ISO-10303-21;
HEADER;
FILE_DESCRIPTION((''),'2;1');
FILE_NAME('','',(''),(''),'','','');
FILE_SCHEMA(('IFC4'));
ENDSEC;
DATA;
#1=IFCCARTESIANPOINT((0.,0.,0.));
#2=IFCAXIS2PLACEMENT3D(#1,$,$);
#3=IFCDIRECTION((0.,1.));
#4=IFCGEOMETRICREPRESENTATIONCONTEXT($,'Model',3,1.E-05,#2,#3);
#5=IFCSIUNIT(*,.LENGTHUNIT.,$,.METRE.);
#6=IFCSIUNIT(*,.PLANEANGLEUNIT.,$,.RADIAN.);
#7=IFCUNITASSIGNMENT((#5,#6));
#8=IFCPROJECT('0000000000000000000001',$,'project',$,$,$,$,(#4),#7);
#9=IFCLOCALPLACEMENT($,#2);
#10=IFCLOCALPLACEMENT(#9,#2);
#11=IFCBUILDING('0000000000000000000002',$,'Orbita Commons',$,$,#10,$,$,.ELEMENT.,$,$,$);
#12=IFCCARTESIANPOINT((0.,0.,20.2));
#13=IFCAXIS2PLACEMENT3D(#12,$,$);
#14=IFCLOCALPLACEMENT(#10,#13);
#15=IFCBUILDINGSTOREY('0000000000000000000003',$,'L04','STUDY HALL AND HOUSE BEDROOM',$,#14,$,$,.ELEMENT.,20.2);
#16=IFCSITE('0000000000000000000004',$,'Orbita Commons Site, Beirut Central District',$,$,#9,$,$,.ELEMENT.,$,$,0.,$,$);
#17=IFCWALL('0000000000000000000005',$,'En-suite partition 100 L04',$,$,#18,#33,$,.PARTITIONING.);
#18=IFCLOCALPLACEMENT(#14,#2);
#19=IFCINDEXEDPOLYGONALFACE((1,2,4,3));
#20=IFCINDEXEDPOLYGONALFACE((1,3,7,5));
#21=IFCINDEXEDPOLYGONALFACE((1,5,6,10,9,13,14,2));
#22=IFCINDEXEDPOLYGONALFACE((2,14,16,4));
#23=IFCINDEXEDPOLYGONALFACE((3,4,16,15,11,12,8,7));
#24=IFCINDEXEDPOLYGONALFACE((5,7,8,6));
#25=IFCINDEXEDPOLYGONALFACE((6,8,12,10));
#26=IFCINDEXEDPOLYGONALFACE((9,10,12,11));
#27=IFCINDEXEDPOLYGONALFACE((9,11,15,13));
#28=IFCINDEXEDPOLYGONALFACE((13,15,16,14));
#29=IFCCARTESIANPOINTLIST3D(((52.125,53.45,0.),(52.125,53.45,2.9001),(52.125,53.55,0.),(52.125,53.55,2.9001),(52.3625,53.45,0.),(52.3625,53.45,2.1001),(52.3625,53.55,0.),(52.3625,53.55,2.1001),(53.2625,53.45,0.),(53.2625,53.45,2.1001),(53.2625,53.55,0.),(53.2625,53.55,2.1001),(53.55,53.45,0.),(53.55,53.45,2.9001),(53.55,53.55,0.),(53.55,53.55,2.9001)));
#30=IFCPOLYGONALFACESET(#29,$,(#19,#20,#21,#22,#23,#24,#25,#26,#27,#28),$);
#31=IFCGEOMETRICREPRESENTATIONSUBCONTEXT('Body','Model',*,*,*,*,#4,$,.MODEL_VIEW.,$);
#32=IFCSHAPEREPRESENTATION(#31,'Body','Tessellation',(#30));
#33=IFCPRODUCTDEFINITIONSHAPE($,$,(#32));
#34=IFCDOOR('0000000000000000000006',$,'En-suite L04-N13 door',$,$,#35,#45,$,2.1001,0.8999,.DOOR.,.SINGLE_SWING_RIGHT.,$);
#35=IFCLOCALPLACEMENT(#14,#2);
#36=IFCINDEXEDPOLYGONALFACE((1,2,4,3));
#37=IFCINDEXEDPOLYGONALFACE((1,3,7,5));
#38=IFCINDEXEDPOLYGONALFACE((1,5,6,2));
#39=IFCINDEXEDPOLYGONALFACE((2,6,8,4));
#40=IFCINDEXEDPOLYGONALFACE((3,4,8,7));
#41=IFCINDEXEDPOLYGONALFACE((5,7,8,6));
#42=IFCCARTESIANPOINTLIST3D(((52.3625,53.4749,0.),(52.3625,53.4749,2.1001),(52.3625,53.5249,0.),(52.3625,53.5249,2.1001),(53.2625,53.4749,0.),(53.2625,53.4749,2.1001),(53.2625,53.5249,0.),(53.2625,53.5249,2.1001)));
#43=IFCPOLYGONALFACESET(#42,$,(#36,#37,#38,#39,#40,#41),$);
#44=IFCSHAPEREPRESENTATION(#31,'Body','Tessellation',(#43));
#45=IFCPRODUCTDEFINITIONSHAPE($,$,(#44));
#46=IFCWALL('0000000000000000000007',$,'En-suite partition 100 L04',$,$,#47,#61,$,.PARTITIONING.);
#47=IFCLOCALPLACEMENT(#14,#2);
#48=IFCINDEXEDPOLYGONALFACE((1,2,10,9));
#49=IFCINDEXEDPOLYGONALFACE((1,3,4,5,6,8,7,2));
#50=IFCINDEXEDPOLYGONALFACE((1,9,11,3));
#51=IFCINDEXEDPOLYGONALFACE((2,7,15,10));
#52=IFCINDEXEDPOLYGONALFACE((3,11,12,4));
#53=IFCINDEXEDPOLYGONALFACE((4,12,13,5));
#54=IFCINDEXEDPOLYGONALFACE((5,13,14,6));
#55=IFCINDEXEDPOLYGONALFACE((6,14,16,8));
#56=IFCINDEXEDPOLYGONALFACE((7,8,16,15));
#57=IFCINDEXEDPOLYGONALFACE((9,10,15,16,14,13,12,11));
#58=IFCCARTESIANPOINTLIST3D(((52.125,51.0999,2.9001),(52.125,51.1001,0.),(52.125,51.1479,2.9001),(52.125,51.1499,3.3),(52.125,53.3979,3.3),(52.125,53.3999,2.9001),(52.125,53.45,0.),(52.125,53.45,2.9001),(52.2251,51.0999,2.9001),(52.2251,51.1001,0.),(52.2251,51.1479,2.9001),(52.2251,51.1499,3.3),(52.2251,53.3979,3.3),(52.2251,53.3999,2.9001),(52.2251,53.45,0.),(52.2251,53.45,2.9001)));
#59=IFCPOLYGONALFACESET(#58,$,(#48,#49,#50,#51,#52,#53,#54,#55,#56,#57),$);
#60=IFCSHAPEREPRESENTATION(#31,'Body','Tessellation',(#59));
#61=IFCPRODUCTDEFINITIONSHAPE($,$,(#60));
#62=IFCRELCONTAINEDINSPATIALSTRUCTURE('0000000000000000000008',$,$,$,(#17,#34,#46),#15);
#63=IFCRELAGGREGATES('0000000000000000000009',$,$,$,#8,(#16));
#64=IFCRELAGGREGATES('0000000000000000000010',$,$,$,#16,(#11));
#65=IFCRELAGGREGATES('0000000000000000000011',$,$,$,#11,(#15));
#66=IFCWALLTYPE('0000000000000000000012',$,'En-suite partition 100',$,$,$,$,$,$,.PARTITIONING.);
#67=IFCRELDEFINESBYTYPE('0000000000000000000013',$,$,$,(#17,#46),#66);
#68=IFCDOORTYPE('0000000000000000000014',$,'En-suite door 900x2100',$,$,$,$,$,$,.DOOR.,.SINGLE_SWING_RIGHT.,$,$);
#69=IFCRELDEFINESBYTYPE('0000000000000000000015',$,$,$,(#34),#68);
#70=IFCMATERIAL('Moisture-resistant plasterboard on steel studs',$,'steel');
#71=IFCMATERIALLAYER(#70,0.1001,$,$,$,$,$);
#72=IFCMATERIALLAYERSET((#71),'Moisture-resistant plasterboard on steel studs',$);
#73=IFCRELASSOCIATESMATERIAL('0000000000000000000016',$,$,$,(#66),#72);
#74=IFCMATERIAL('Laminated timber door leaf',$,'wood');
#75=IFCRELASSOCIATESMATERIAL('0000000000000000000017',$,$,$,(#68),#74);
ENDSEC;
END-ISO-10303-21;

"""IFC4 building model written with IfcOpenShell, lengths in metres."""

from ifc_helpers import new_model, si_unit, direction, frame, frame_2d, origin, place, context, subcontext, project, spatial, polyline, rectangle, outline, extrude, material, layer, layer_set, type_object, element, fill, save


model = new_model("IFC4")

# Units and contexts
model_context = context("Model", 3, precision=1e-05, world=origin(), true_north=direction((0.0, 1.0)))
body_context = subcontext(model_context, "Body", "Model", "MODEL_VIEW")
ifc_project = project(units=[si_unit("LENGTHUNIT", "METRE"), si_unit("PLANEANGLEUNIT", "RADIAN")], contexts=[model_context])

# Site, building, storey
site_placement = place(None, origin())
site = spatial("IfcSite", under=ifc_project, at=site_placement, Name="Orbita Commons Site, Beirut Central District", CompositionType="ELEMENT", RefElevation=0.0)
building_placement = place(site_placement, origin())
building = spatial("IfcBuilding", under=site, at=building_placement, Name="Orbita Commons", CompositionType="ELEMENT")
storey_placement = place(building_placement, frame((0.0, 0.0, 20.2)))
storey = spatial("IfcBuildingStorey", under=building, at=storey_placement, Name="L04", Description="STUDY HALL AND HOUSE BEDROOM", CompositionType="ELEMENT", Elevation=20.2)

# Shared definitions
ifc_material_1 = material(Name="Moisture-resistant plasterboard on steel studs", Category="steel")
ifc_layer_1 = layer(ifc_material_1, 0.1001)
ifc_layer_set_1 = layer_set([ifc_layer_1], Name="Moisture-resistant plasterboard on steel studs")
wall_type_1 = type_object("IfcWallType", Name="En-suite partition 100", PredefinedType="PARTITIONING", material=ifc_layer_set_1)
ifc_material_2 = material(Name="Laminated timber door leaf", Category="wood")
door_type_1 = type_object("IfcDoorType", Name="En-suite door 900x2100", OperationType="SINGLE_SWING_RIGHT", PredefinedType="DOOR", material=ifc_material_2)

# Wall, opening, door
wall_1_placement = place(storey_placement, frame((52.125, 53.5, 0.0), z_axis=(0.0, 0.0, 1.0), x_axis=(1.0, 0.0, 0.0)))
wall_1 = element("IfcWall", 1, at=wall_1_placement, inside=storey, type_object=wall_type_1, Name="En-suite partition 100 L04", PredefinedType="PARTITIONING", context=body_context, shape_type="SweptSolid", body=[
    extrude(outline(polyline([(0.0, 0.0), (1.425, 0.0), (1.425, 2.9001), (0.0, 2.9001), (0.0, 0.0)])), frame((0.0, 0.05, 0.0), z_axis=(0.0, -1.0, 0.0), x_axis=(1.0, 0.0, 0.0)), (0.0, 0.0, 1.0), 0.1001),
])
opening_1_placement = place(wall_1_placement, frame((0.2375, 0.0, 0.0)))
opening_1 = element("IfcOpeningElement", 2, at=opening_1_placement, cuts=wall_1, PredefinedType="OPENING", context=body_context, shape_type="SweptSolid", body=[
    extrude(rectangle(XDim=0.8999, YDim=2.1001, at=frame_2d((0.45, 1.05))), frame((0.0, 0.0601, 0.0), z_axis=(0.0, -1.0, 0.0), x_axis=(1.0, 0.0, 0.0)), (0.0, 0.0, 1.0), 0.1201),
])
door_1_placement = place(opening_1_placement, origin())
door_1 = element("IfcDoor", 3, at=door_1_placement, inside=storey, type_object=door_type_1, Name="En-suite L04-N13 door", OperationType="SINGLE_SWING_RIGHT", OverallHeight=2.1001, OverallWidth=0.8999, PredefinedType="DOOR", context=body_context, shape_type="SweptSolid", body=[
    extrude(rectangle(XDim=0.8999, YDim=2.1001, at=frame_2d((0.45, 1.05))), frame((0.0, 0.0249, 0.0), z_axis=(0.0, -1.0, 0.0), x_axis=(1.0, 0.0, 0.0)), (0.0, 0.0, 1.0), 0.05),
])
fill(opening_1, door_1)

# Wall
wall_2_placement = place(storey_placement, frame((52.175, 53.45, 0.0), z_axis=(0.0, 0.0, 1.0), x_axis=(0.0, -1.0, 0.0)))
element("IfcWall", 4, at=wall_2_placement, inside=storey, type_object=wall_type_1, Name="En-suite partition 100 L04", PredefinedType="PARTITIONING", context=body_context, shape_type="SweptSolid", body=[
    extrude(outline(polyline([(0.0, 0.0), (2.3499, 0.0), (2.3501, 2.9001), (2.302, 2.9001), (2.3, 3.3), (0.052, 3.3), (0.05, 2.9001), (0.0, 2.9001), (0.0, 0.0)])), frame((0.0, 0.05, 0.0), z_axis=(0.0, -1.0, 0.0), x_axis=(1.0, 0.0, 0.0)), (0.0, 0.0, 1.0), 0.1001),
])

save(model, "model.ifc")
